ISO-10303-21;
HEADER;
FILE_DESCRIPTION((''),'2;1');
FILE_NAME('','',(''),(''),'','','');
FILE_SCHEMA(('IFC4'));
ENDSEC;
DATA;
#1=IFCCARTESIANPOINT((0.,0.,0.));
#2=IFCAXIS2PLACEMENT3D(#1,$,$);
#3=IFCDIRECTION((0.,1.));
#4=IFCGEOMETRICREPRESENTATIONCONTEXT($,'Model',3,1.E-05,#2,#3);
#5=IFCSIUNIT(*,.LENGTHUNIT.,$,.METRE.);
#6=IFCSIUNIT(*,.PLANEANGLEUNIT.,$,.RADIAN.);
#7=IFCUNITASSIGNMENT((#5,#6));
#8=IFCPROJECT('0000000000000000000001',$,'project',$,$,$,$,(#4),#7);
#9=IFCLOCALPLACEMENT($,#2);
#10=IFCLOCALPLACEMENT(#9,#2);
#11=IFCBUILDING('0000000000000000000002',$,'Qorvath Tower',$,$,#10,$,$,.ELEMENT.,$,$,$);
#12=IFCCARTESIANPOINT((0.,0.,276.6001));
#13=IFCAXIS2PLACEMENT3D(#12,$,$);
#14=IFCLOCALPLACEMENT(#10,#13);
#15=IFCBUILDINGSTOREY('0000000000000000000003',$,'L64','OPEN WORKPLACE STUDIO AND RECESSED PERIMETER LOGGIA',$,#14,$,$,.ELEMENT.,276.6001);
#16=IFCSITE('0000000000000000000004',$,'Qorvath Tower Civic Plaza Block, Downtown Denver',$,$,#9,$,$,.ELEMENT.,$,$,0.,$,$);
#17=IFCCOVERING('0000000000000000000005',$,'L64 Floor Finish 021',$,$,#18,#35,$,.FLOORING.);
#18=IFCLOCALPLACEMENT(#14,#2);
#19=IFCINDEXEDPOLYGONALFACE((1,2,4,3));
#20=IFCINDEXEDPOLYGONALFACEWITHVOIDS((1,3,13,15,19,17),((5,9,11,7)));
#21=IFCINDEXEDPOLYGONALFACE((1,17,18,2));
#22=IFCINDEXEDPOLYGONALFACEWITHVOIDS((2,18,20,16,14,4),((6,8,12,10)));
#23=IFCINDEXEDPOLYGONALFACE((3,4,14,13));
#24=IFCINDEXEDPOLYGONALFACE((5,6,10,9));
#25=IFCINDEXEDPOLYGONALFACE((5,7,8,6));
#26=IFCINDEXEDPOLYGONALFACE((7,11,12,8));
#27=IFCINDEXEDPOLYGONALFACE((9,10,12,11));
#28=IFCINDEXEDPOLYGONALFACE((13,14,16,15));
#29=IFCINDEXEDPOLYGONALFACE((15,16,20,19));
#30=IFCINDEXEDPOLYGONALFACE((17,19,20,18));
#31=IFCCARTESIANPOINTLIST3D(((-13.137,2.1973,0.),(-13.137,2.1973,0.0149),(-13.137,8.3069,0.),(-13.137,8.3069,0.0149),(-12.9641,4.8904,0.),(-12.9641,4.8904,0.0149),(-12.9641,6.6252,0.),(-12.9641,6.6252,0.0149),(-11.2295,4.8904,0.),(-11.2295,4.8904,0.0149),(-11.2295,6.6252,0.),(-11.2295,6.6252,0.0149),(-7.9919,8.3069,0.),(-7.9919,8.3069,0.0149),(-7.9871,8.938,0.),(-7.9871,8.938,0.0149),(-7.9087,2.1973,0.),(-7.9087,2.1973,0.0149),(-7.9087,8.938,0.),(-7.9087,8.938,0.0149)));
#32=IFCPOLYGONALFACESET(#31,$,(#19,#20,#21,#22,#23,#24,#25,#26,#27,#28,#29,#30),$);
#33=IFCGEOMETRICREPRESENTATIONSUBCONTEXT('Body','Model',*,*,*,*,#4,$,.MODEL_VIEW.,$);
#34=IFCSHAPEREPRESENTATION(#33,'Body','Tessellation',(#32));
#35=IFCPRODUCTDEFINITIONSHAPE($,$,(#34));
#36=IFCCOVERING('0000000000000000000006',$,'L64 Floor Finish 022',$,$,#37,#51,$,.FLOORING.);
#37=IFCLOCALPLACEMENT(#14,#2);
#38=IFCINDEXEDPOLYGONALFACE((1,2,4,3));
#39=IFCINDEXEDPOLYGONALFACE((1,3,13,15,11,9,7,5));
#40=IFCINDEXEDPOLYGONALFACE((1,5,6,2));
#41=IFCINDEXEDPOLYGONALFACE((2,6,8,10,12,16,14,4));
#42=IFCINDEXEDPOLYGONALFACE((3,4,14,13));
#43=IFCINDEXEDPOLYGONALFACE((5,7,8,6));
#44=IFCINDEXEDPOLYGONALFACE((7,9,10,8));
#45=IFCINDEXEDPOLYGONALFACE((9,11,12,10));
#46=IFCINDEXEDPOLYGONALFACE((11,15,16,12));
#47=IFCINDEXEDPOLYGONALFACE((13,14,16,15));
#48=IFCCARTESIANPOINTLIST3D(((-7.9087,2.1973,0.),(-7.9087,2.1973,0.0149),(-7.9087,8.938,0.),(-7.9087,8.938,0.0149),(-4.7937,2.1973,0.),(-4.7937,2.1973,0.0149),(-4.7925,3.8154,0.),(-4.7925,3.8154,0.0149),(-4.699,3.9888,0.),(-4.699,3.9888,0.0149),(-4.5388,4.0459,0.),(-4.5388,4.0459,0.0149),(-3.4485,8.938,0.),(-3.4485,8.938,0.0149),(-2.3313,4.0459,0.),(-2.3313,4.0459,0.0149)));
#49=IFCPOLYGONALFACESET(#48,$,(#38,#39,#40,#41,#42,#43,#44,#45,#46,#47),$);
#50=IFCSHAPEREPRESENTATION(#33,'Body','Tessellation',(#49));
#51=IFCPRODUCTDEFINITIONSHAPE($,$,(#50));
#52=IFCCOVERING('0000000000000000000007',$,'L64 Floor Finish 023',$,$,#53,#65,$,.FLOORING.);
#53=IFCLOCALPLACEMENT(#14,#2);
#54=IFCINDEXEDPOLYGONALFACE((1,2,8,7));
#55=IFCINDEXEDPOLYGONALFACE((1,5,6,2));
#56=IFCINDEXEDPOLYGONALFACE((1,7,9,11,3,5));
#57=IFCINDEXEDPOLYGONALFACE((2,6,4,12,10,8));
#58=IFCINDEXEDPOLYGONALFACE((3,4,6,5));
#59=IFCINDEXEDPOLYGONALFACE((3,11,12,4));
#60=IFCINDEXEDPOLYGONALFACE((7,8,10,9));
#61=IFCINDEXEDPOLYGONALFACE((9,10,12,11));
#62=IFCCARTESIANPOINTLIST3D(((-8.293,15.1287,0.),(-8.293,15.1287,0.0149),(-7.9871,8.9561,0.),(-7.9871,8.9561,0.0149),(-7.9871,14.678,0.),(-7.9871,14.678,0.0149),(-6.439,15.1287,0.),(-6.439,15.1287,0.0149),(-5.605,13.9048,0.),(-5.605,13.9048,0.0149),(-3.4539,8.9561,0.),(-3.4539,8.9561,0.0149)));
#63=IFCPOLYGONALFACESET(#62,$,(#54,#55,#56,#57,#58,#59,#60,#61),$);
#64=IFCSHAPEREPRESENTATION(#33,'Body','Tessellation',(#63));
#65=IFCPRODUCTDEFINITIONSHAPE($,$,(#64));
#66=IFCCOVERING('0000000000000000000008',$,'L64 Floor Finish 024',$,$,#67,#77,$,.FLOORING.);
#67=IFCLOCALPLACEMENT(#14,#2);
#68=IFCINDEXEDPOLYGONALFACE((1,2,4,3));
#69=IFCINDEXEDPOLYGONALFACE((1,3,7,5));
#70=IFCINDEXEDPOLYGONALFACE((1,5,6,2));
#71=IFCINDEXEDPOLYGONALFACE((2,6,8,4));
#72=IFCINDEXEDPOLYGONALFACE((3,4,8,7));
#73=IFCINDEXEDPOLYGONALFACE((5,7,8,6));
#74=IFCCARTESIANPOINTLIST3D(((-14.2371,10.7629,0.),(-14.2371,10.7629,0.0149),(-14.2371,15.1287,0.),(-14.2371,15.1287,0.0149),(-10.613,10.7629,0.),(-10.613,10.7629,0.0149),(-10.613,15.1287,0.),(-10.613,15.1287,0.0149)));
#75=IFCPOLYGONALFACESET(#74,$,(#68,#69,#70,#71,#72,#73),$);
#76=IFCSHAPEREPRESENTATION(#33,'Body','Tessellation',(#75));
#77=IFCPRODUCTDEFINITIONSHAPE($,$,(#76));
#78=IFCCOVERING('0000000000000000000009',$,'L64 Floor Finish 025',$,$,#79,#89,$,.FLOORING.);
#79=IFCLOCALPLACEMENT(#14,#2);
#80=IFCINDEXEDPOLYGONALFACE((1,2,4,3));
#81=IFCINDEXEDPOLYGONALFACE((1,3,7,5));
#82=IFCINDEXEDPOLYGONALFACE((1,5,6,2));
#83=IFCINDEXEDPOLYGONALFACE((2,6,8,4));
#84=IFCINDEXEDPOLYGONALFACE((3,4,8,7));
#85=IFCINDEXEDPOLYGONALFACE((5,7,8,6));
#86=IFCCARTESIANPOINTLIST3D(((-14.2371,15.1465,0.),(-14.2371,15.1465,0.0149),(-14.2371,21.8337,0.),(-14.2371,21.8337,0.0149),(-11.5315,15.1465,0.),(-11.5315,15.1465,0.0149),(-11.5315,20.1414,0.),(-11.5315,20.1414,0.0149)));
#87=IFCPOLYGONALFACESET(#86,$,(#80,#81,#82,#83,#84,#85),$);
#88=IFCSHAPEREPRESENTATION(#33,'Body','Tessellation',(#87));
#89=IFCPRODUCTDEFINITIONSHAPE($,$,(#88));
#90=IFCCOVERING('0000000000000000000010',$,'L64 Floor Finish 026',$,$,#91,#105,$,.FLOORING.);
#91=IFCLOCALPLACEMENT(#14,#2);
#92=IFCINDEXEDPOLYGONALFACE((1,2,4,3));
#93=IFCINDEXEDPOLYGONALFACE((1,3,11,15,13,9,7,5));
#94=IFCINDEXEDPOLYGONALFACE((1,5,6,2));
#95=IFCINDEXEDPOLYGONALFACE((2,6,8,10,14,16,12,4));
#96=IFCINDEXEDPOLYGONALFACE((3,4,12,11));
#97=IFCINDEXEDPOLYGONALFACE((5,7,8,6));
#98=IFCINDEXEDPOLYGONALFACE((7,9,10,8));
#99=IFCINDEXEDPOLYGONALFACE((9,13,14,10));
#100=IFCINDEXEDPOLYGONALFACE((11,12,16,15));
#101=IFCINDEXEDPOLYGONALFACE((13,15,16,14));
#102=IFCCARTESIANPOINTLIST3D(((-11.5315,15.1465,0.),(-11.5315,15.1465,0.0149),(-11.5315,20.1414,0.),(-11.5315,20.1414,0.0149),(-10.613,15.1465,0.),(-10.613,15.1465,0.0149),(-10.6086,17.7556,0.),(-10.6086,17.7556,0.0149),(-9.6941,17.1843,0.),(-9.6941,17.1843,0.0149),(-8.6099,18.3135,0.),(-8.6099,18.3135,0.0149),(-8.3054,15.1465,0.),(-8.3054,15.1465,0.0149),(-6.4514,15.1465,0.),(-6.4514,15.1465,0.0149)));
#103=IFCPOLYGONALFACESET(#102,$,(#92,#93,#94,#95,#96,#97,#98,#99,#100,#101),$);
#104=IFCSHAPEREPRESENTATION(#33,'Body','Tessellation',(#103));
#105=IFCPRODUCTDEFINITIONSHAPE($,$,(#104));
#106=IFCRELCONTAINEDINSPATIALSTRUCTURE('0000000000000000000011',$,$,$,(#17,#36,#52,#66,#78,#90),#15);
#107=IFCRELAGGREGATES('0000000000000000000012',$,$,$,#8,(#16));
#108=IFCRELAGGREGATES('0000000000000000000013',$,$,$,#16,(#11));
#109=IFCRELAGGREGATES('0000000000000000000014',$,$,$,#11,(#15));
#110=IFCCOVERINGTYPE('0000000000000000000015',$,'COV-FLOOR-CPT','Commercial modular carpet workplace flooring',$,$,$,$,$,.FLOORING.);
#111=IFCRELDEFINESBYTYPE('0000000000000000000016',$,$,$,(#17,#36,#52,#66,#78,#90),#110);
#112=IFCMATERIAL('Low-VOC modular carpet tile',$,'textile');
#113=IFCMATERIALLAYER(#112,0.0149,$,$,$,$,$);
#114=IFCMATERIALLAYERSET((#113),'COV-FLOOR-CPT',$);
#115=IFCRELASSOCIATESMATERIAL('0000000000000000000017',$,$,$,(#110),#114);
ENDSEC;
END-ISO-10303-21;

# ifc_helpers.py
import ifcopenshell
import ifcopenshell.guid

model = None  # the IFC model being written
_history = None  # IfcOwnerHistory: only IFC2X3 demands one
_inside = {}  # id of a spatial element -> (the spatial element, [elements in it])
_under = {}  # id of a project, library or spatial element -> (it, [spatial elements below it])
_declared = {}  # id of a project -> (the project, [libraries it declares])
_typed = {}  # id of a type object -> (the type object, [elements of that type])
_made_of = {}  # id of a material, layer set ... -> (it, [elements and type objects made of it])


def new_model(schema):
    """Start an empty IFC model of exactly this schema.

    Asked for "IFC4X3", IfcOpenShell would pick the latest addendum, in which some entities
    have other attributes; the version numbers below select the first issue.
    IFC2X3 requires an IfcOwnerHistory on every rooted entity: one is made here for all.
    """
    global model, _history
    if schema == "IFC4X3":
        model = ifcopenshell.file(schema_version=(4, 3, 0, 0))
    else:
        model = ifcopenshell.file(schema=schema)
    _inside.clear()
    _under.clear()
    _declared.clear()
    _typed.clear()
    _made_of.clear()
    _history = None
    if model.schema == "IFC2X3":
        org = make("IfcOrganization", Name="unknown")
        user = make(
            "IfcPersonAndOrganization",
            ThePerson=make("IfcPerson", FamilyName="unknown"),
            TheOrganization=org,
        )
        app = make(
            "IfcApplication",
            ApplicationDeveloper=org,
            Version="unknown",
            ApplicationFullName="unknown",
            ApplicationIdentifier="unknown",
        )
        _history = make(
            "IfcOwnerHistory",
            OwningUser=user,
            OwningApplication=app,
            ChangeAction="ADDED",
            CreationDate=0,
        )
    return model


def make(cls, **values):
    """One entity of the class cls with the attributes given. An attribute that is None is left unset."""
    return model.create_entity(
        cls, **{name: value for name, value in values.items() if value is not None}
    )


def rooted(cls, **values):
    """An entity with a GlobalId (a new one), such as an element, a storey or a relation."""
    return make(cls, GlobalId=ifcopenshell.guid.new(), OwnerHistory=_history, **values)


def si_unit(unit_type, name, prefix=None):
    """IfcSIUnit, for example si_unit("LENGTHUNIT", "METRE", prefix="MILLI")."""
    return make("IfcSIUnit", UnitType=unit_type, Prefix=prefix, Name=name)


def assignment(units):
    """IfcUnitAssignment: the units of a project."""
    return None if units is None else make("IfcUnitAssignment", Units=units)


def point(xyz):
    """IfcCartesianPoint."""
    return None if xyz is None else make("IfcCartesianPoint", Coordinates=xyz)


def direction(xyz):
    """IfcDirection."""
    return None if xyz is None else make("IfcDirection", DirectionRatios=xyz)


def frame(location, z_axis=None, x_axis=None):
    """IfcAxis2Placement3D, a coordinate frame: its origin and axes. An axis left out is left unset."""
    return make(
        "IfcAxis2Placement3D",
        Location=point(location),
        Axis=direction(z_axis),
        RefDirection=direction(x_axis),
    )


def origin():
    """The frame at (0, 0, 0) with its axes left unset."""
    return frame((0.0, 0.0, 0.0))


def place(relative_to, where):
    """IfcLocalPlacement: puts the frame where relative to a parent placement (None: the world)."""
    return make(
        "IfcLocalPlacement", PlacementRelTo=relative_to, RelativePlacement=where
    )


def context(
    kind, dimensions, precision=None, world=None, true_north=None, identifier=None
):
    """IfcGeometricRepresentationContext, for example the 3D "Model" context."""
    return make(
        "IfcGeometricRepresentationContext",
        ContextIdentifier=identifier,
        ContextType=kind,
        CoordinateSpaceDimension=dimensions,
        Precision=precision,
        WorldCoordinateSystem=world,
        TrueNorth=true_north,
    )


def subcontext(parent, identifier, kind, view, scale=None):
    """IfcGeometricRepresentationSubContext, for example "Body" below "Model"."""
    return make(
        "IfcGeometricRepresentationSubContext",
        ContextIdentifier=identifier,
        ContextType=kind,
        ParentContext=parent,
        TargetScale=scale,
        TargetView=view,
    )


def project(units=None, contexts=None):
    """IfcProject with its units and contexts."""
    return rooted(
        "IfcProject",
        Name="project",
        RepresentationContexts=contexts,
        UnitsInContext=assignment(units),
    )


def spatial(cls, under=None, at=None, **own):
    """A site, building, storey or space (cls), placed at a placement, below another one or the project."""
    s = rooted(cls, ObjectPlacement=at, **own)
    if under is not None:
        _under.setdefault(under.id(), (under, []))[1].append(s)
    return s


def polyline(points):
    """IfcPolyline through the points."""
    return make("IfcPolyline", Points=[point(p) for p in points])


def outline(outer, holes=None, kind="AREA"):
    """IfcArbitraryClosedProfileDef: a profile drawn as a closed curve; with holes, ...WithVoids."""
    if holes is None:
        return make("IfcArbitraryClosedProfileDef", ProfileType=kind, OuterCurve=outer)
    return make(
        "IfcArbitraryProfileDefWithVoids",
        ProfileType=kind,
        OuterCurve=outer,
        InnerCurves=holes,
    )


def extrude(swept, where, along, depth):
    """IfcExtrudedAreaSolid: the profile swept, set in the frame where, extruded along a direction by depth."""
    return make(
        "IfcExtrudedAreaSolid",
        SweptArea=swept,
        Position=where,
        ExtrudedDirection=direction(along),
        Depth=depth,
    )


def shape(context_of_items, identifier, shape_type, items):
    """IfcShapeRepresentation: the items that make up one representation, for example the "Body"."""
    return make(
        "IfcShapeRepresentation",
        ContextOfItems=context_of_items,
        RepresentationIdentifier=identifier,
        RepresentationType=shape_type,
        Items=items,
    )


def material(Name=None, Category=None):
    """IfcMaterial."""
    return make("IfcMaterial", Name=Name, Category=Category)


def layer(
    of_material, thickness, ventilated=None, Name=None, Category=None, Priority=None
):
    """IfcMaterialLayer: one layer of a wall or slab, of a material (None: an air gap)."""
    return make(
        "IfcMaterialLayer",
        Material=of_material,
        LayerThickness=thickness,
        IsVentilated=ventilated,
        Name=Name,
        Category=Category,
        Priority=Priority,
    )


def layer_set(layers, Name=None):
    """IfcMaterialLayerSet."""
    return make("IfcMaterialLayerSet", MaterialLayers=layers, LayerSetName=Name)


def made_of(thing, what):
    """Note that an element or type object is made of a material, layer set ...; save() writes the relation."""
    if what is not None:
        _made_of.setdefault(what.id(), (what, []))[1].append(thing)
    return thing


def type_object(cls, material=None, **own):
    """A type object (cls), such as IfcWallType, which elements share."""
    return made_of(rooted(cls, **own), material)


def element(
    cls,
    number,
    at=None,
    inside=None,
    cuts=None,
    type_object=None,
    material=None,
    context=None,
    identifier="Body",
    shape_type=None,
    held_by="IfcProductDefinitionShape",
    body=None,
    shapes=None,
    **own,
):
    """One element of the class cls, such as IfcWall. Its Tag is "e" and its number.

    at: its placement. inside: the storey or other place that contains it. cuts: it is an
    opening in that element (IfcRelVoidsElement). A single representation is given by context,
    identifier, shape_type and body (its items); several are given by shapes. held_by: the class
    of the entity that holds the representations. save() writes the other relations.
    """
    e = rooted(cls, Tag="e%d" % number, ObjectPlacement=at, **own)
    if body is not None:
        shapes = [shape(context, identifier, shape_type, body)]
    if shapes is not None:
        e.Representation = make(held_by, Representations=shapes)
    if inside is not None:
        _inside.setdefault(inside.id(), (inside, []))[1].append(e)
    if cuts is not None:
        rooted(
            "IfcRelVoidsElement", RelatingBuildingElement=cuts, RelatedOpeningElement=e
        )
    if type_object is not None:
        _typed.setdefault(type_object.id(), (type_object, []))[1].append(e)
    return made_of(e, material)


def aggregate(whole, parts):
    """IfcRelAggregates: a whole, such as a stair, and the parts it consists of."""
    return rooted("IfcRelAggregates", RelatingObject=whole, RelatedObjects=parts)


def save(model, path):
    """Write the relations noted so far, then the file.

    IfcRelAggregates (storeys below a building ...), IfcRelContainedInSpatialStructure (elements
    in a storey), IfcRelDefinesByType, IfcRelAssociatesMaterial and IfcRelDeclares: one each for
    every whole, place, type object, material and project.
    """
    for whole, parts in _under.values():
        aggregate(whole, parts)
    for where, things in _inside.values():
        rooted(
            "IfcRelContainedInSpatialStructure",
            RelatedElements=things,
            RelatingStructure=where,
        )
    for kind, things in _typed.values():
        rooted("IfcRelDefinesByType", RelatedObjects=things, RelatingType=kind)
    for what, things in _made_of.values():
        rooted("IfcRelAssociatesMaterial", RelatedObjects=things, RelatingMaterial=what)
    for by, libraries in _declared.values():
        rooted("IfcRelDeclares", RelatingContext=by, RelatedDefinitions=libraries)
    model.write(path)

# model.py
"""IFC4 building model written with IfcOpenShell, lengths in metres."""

from ifc_helpers import new_model, si_unit, direction, frame, origin, place, context, subcontext, project, spatial, polyline, outline, extrude, material, layer, layer_set, type_object, element, save


model = new_model("IFC4")

# Units and contexts
model_context = context("Model", 3, precision=1e-05, world=origin(), true_north=direction((0.0, 1.0)))
body_context = subcontext(model_context, "Body", "Model", "MODEL_VIEW")
ifc_project = project(units=[si_unit("LENGTHUNIT", "METRE"), si_unit("PLANEANGLEUNIT", "RADIAN")], contexts=[model_context])

# Site, building, storey
site_placement = place(None, origin())
site = spatial("IfcSite", under=ifc_project, at=site_placement, Name="Qorvath Tower Civic Plaza Block, Downtown Denver", CompositionType="ELEMENT", RefElevation=0.0)
building_placement = place(site_placement, origin())
building = spatial("IfcBuilding", under=site, at=building_placement, Name="Qorvath Tower", CompositionType="ELEMENT")
storey_placement = place(building_placement, frame((0.0, 0.0, 276.6001)))
storey = spatial("IfcBuildingStorey", under=building, at=storey_placement, Name="L64", Description="OPEN WORKPLACE STUDIO AND RECESSED PERIMETER LOGGIA", CompositionType="ELEMENT", Elevation=276.6001)

# Coverings
ifc_material_1 = material(Name="Low-VOC modular carpet tile", Category="textile")
ifc_layer_1 = layer(ifc_material_1, 0.0149)
ifc_layer_set_1 = layer_set([ifc_layer_1], Name="COV-FLOOR-CPT")
covering_type_1 = type_object("IfcCoveringType", Name="COV-FLOOR-CPT", Description="Commercial modular carpet workplace flooring", PredefinedType="FLOORING", material=ifc_layer_set_1)
covering_1_placement = place(storey_placement, origin())
element("IfcCovering", 1, at=covering_1_placement, inside=storey, type_object=covering_type_1, Name="L64 Floor Finish 021", PredefinedType="FLOORING", context=body_context, shape_type="SweptSolid", body=[
    extrude(outline(polyline([(-7.9087, 2.1973), (-7.9087, 8.938), (-7.9871, 8.938), (-7.9919, 8.3069), (-13.137, 8.3069), (-13.137, 2.1973), (-7.9087, 2.1973)]), holes=[polyline([(-12.9641, 4.8904), (-12.9641, 6.6252), (-11.2295, 6.6252), (-11.2295, 4.8904), (-12.9641, 4.8904)])]), origin(), (0.0, 0.0, 1.0), 0.0149),
])
covering_2_placement = place(storey_placement, origin())
element("IfcCovering", 2, at=covering_2_placement, inside=storey, type_object=covering_type_1, Name="L64 Floor Finish 022", PredefinedType="FLOORING", context=body_context, shape_type="SweptSolid", body=[
    extrude(outline(polyline([(-4.699, 3.9888), (-4.5388, 4.0459), (-2.3313, 4.0459), (-3.4485, 8.938), (-7.9087, 8.938), (-7.9087, 2.1973), (-4.7937, 2.1973), (-4.7925, 3.8154), (-4.699, 3.9888)])), origin(), (0.0, 0.0, 1.0), 0.0149),
])
covering_3_placement = place(storey_placement, origin())
element("IfcCovering", 3, at=covering_3_placement, inside=storey, type_object=covering_type_1, Name="L64 Floor Finish 023", PredefinedType="FLOORING", context=body_context, shape_type="SweptSolid", body=[
    extrude(outline(polyline([(-3.4539, 8.9561), (-5.605, 13.9048), (-6.439, 15.1287), (-8.293, 15.1287), (-7.9871, 14.678), (-7.9871, 8.9561), (-3.4539, 8.9561)])), origin(), (0.0, 0.0, 1.0), 0.0149),
])
covering_4_placement = place(storey_placement, origin())
element("IfcCovering", 4, at=covering_4_placement, inside=storey, type_object=covering_type_1, Name="L64 Floor Finish 024", PredefinedType="FLOORING", context=body_context, shape_type="SweptSolid", body=[
    extrude(outline(polyline([(-10.613, 10.7629), (-10.613, 15.1287), (-14.2371, 15.1287), (-14.2371, 10.7629), (-10.613, 10.7629)])), origin(), (0.0, 0.0, 1.0), 0.0149),
])
covering_5_placement = place(storey_placement, origin())
element("IfcCovering", 5, at=covering_5_placement, inside=storey, type_object=covering_type_1, Name="L64 Floor Finish 025", PredefinedType="FLOORING", context=body_context, shape_type="SweptSolid", body=[
    extrude(outline(polyline([(-11.5315, 15.1465), (-11.5315, 20.1414), (-14.2371, 21.8337), (-14.2371, 15.1465), (-11.5315, 15.1465)])), origin(), (0.0, 0.0, 1.0), 0.0149),
])
covering_6_placement = place(storey_placement, origin())
element("IfcCovering", 6, at=covering_6_placement, inside=storey, type_object=covering_type_1, Name="L64 Floor Finish 026", PredefinedType="FLOORING", context=body_context, shape_type="SweptSolid", body=[
    extrude(outline(polyline([(-8.3054, 15.1465), (-6.4514, 15.1465), (-8.6099, 18.3135), (-11.5315, 20.1414), (-11.5315, 15.1465), (-10.613, 15.1465), (-10.6086, 17.7556), (-9.6941, 17.1843), (-8.3054, 15.1465)])), origin(), (0.0, 0.0, 1.0), 0.0149),
])

save(model, "model.ifc")
